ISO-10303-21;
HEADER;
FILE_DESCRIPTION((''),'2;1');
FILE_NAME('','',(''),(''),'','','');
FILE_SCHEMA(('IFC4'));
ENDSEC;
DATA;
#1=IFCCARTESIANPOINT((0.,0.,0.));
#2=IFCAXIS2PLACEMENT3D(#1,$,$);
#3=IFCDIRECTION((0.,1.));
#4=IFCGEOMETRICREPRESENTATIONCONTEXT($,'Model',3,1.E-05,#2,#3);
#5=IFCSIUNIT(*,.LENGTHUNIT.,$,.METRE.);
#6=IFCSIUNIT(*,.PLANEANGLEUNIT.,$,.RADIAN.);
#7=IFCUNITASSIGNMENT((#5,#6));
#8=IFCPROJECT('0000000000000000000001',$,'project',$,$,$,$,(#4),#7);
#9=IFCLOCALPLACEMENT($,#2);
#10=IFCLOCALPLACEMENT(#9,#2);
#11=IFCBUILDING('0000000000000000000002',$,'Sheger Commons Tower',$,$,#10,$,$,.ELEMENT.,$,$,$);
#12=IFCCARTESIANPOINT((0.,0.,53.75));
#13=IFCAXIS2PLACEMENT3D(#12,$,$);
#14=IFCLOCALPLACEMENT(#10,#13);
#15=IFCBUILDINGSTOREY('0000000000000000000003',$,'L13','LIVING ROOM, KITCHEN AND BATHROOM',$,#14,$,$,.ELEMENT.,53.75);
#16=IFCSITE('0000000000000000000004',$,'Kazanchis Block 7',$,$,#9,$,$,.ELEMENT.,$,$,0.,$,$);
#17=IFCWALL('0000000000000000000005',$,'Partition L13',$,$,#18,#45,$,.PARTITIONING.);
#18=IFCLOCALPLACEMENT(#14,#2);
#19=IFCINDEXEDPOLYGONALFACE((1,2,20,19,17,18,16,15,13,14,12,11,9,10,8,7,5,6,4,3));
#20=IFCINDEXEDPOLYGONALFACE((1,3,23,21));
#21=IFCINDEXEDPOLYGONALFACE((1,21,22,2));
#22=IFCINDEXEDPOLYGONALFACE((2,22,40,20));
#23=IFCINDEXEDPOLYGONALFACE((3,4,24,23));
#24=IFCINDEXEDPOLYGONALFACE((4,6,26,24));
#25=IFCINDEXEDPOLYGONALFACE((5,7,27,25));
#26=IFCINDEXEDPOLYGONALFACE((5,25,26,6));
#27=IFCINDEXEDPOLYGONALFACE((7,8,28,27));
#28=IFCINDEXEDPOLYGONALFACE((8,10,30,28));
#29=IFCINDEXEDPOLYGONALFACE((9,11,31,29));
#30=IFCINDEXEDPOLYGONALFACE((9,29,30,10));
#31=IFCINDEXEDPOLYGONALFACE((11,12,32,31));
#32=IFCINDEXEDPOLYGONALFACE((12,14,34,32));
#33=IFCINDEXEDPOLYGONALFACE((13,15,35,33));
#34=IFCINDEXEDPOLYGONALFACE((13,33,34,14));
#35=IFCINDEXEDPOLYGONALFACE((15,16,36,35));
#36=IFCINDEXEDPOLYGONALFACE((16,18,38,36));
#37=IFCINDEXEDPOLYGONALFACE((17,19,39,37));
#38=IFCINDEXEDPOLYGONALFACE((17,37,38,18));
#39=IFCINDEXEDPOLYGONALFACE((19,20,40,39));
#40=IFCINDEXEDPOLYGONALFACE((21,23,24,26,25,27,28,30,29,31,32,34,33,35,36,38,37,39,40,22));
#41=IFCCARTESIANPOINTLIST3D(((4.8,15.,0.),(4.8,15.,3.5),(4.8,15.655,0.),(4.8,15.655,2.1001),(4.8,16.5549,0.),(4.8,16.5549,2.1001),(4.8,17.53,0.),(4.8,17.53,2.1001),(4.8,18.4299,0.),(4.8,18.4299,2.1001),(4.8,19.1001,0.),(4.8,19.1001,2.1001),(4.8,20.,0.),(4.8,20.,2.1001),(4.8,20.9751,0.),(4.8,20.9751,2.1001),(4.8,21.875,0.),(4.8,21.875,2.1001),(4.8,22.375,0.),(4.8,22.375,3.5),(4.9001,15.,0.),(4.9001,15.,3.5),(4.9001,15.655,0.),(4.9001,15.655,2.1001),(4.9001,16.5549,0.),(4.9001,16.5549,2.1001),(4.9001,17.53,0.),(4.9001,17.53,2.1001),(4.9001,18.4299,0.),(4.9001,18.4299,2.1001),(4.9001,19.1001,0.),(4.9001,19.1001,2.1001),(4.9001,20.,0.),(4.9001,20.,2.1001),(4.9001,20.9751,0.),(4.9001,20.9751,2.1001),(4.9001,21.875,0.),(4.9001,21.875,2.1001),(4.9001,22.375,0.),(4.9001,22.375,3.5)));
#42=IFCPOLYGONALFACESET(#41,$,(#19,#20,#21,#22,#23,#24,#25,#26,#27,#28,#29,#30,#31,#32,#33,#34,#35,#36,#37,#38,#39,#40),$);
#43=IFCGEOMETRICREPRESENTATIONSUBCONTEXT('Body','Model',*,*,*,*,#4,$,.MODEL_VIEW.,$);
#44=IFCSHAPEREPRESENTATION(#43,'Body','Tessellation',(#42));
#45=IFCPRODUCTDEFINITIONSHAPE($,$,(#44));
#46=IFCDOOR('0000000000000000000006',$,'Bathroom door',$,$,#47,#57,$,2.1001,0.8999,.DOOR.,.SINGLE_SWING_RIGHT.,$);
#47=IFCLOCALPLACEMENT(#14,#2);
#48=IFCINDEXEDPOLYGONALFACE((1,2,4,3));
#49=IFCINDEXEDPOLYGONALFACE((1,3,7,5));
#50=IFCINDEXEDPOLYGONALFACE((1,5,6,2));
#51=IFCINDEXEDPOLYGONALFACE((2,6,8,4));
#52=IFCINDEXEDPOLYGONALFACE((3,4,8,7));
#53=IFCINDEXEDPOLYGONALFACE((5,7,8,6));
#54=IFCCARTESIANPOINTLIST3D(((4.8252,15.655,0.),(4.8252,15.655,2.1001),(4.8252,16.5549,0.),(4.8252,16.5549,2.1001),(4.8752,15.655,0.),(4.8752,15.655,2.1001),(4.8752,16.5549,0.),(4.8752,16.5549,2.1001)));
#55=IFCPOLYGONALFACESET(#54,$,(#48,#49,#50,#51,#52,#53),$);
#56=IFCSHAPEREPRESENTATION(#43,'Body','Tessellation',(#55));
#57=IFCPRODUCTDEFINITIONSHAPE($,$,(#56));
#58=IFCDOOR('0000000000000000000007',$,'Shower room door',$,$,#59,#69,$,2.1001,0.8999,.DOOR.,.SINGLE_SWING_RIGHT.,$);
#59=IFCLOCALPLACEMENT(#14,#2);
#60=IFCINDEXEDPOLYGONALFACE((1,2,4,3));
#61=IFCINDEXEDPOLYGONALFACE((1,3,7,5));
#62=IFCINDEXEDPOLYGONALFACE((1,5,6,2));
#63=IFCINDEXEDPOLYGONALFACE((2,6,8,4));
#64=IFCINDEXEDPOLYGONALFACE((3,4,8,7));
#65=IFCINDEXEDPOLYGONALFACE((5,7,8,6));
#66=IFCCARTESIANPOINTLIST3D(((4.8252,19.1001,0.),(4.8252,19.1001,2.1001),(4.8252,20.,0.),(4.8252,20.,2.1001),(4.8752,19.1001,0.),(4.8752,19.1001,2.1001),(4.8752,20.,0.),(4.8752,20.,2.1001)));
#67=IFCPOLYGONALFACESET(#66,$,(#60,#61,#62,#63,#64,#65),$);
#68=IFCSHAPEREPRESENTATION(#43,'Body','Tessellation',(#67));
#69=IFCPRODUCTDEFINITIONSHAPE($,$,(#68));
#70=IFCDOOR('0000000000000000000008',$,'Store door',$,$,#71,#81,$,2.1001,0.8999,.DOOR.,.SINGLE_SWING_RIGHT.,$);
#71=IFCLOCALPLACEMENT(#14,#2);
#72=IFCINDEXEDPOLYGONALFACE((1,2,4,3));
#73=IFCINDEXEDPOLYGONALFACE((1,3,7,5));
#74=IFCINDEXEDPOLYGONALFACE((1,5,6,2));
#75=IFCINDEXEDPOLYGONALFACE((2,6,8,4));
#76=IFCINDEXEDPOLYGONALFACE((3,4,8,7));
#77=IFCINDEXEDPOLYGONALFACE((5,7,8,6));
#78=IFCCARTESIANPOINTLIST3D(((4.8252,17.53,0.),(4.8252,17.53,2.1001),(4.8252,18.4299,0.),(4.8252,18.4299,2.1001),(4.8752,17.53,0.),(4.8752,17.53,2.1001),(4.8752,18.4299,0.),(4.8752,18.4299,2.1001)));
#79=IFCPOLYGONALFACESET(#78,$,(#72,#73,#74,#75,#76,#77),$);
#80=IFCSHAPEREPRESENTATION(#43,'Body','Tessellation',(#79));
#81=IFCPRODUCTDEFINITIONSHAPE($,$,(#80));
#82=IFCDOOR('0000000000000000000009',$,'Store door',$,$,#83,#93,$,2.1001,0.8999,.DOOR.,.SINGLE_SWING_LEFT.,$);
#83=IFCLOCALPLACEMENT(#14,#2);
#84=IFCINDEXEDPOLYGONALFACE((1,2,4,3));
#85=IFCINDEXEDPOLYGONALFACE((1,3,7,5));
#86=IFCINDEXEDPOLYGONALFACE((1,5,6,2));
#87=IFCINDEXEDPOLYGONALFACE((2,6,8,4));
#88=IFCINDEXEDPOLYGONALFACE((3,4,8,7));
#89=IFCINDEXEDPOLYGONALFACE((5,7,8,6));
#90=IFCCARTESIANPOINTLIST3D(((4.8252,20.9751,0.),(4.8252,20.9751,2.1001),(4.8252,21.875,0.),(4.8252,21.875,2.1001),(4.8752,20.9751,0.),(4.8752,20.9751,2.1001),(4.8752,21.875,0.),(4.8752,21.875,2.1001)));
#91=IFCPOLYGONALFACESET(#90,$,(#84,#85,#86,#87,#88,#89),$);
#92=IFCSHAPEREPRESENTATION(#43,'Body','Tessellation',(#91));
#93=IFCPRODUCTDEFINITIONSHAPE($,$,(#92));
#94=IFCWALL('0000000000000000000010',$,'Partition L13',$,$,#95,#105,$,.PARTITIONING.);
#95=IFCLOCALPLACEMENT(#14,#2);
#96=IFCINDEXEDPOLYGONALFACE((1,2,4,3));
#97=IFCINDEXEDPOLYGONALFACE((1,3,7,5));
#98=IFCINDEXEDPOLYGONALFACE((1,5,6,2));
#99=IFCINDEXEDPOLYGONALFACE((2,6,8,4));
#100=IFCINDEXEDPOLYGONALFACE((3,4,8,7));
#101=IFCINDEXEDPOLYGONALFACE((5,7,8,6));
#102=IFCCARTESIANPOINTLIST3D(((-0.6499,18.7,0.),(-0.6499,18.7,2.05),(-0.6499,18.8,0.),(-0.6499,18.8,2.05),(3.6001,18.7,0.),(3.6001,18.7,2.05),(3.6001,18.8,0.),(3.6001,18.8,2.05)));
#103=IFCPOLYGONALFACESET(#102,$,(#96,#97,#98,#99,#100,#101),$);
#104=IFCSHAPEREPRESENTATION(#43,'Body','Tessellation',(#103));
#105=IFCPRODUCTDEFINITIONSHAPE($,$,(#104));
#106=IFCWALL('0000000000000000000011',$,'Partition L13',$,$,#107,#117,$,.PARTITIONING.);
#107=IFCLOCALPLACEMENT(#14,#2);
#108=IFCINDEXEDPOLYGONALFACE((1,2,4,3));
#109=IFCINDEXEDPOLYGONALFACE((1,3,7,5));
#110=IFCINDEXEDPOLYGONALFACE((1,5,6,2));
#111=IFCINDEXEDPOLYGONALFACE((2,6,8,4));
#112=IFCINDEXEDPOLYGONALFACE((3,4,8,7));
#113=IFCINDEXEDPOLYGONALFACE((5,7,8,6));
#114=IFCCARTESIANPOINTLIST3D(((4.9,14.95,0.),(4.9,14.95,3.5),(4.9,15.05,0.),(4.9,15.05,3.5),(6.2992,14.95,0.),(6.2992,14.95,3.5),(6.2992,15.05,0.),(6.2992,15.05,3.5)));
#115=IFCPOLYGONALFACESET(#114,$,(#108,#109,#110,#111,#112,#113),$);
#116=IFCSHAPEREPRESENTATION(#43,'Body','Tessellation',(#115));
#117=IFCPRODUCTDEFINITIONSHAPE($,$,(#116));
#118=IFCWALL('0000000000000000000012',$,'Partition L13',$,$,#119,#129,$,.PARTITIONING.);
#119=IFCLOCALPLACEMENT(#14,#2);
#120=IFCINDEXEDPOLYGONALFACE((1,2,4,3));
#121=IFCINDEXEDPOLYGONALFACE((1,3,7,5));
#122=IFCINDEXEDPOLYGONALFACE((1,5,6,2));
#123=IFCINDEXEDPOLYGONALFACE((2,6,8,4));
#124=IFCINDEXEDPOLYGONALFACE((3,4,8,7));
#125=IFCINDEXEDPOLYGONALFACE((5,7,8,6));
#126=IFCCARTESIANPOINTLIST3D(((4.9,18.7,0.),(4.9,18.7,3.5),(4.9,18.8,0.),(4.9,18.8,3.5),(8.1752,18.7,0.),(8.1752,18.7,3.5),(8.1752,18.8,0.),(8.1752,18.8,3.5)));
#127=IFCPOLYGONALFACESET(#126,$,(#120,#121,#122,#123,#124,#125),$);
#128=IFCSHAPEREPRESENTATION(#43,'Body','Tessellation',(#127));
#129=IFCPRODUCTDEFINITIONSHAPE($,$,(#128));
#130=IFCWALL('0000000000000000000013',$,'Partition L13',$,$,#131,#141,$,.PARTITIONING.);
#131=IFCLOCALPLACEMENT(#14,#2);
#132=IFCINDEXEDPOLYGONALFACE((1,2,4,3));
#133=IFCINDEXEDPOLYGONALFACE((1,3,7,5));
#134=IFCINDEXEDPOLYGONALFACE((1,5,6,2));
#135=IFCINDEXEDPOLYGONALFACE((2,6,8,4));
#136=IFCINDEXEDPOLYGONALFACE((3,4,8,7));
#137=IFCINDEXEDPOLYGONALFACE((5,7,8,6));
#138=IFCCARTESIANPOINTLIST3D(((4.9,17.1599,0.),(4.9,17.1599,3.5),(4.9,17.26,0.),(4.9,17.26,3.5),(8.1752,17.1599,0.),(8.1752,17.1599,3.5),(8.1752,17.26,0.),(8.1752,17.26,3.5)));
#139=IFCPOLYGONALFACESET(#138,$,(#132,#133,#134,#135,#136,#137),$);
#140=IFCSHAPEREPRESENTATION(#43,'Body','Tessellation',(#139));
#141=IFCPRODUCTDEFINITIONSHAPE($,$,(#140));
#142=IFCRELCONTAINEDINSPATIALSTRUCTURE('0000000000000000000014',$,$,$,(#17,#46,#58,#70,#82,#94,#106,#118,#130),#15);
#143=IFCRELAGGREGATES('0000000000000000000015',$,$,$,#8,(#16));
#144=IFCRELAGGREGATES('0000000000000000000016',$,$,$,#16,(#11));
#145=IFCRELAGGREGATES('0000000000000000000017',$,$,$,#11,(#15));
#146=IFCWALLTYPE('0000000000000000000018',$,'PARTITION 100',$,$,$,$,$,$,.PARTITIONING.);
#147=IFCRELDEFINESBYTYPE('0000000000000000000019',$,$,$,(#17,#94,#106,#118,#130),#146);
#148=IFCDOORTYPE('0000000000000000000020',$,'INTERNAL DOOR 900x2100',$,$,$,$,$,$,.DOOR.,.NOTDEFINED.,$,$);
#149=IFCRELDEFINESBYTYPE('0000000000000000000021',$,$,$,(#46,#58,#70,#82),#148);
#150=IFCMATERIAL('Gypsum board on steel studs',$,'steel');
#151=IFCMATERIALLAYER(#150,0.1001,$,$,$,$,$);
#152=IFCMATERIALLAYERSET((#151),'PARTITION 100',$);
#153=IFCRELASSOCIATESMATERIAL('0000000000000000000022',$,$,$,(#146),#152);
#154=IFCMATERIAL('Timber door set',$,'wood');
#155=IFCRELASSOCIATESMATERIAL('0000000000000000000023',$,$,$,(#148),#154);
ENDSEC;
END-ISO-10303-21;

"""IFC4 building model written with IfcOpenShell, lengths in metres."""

from ifc_helpers import new_model, si_unit, direction, frame, frame_2d, origin, place, context, subcontext, project, spatial, rectangle, extrude, material, layer, layer_set, type_object, element, fill, save


model = new_model("IFC4")

# Units and contexts
model_context = context("Model", 3, precision=1e-05, world=origin(), true_north=direction((0.0, 1.0)))
body_context = subcontext(model_context, "Body", "Model", "MODEL_VIEW")
ifc_project = project(units=[si_unit("LENGTHUNIT", "METRE"), si_unit("PLANEANGLEUNIT", "RADIAN")], contexts=[model_context])

# Site, building, storey
site_placement = place(None, origin())
site = spatial("IfcSite", under=ifc_project, at=site_placement, Name="Kazanchis Block 7", CompositionType="ELEMENT", RefElevation=0.0)
building_placement = place(site_placement, origin())
building = spatial("IfcBuilding", under=site, at=building_placement, Name="Sheger Commons Tower", CompositionType="ELEMENT")
storey_placement = place(building_placement, frame((0.0, 0.0, 53.75)))
storey = spatial("IfcBuildingStorey", under=building, at=storey_placement, Name="L13", Description="LIVING ROOM, KITCHEN AND BATHROOM", CompositionType="ELEMENT", Elevation=53.75)

# Wall, openings, doors
ifc_material_1 = material(Name="Gypsum board on steel studs", Category="steel")
ifc_layer_1 = layer(ifc_material_1, 0.1001)
ifc_layer_set_1 = layer_set([ifc_layer_1], Name="PARTITION 100")
wall_type_1 = type_object("IfcWallType", Name="PARTITION 100", PredefinedType="PARTITIONING", material=ifc_layer_set_1)
wall_1_placement = place(storey_placement, frame((4.8501, 15.0, 0.0), z_axis=(0.0, 0.0, 1.0), x_axis=(0.0, 1.0, 0.0)))
wall_1 = element("IfcWall", 1, at=wall_1_placement, inside=storey, type_object=wall_type_1, Name="Partition L13", PredefinedType="PARTITIONING", context=body_context, shape_type="SweptSolid", body=[
    extrude(rectangle(XDim=7.375, YDim=0.1001, at=frame_2d((3.6875, 0.0))), origin(), (0.0, 0.0, 1.0), 3.5),
])
opening_1_placement = place(wall_1_placement, frame((0.655, 0.0, 0.0)))
opening_1 = element("IfcOpeningElement", 2, at=opening_1_placement, cuts=wall_1, PredefinedType="OPENING", context=body_context, shape_type="SweptSolid", body=[
    extrude(rectangle(XDim=0.8999, YDim=2.1001, at=frame_2d((0.45, 1.05))), frame((0.0, 0.0601, 0.0), z_axis=(0.0, -1.0, 0.0), x_axis=(1.0, 0.0, 0.0)), (0.0, 0.0, 1.0), 0.1201),
])
opening_2_placement = place(wall_1_placement, frame((4.1001, 0.0, 0.0)))
opening_2 = element("IfcOpeningElement", 3, at=opening_2_placement, cuts=wall_1, PredefinedType="OPENING", context=body_context, shape_type="SweptSolid", body=[
    extrude(rectangle(XDim=0.8999, YDim=2.1001, at=frame_2d((0.45, 1.05))), frame((0.0, 0.0601, 0.0), z_axis=(0.0, -1.0, 0.0), x_axis=(1.0, 0.0, 0.0)), (0.0, 0.0, 1.0), 0.1201),
])
opening_3_placement = place(wall_1_placement, frame((2.53, 0.0, 0.0)))
opening_3 = element("IfcOpeningElement", 4, at=opening_3_placement, cuts=wall_1, PredefinedType="OPENING", context=body_context, shape_type="SweptSolid", body=[
    extrude(rectangle(XDim=0.8999, YDim=2.1001, at=frame_2d((0.45, 1.05))), frame((0.0, 0.0601, 0.0), z_axis=(0.0, -1.0, 0.0), x_axis=(1.0, 0.0, 0.0)), (0.0, 0.0, 1.0), 0.1201),
])
opening_4_placement = place(wall_1_placement, frame((5.9751, 0.0, 0.0)))
opening_4 = element("IfcOpeningElement", 5, at=opening_4_placement, cuts=wall_1, PredefinedType="OPENING", context=body_context, shape_type="SweptSolid", body=[
    extrude(rectangle(XDim=0.8999, YDim=2.1001, at=frame_2d((0.45, 1.05))), frame((0.0, 0.0601, 0.0), z_axis=(0.0, -1.0, 0.0), x_axis=(1.0, 0.0, 0.0)), (0.0, 0.0, 1.0), 0.1201),
])
ifc_material_2 = material(Name="Timber door set", Category="wood")
door_type = type_object("IfcDoorType", Name="INTERNAL DOOR 900x2100", OperationType="NOTDEFINED", PredefinedType="DOOR", material=ifc_material_2)
door_1_placement = place(opening_1_placement, origin())
door_1 = element("IfcDoor", 6, at=door_1_placement, inside=storey, type_object=door_type, Name="Bathroom door", OperationType="SINGLE_SWING_RIGHT", OverallHeight=2.1001, OverallWidth=0.8999, PredefinedType="DOOR", context=body_context, shape_type="SweptSolid", body=[
    extrude(rectangle(XDim=0.8999, YDim=2.1001, at=frame_2d((0.45, 1.05))), frame((0.0, 0.0249, 0.0), z_axis=(0.0, -1.0, 0.0), x_axis=(1.0, 0.0, 0.0)), (0.0, 0.0, 1.0), 0.05),
])
fill(opening_1, door_1)
door_2_placement = place(opening_2_placement, origin())
door_2 = element("IfcDoor", 7, at=door_2_placement, inside=storey, type_object=door_type, Name="Shower room door", OperationType="SINGLE_SWING_RIGHT", OverallHeight=2.1001, OverallWidth=0.8999, PredefinedType="DOOR", context=body_context, shape_type="SweptSolid", body=[
    extrude(rectangle(XDim=0.8999, YDim=2.1001, at=frame_2d((0.45, 1.05))), frame((0.0, 0.0249, 0.0), z_axis=(0.0, -1.0, 0.0), x_axis=(1.0, 0.0, 0.0)), (0.0, 0.0, 1.0), 0.05),
])
fill(opening_2, door_2)
door_3_placement = place(opening_3_placement, origin())
door_3 = element("IfcDoor", 8, at=door_3_placement, inside=storey, type_object=door_type, Name="Store door", OperationType="SINGLE_SWING_RIGHT", OverallHeight=2.1001, OverallWidth=0.8999, PredefinedType="DOOR", context=body_context, shape_type="SweptSolid", body=[
    extrude(rectangle(XDim=0.8999, YDim=2.1001, at=frame_2d((0.45, 1.05))), frame((0.0, 0.0249, 0.0), z_axis=(0.0, -1.0, 0.0), x_axis=(1.0, 0.0, 0.0)), (0.0, 0.0, 1.0), 0.05),
])
fill(opening_3, door_3)
door_4_placement = place(opening_4_placement, origin())
door_4 = element("IfcDoor", 9, at=door_4_placement, inside=storey, type_object=door_type, Name="Store door", OperationType="SINGLE_SWING_LEFT", OverallHeight=2.1001, OverallWidth=0.8999, PredefinedType="DOOR", context=body_context, shape_type="SweptSolid", body=[
    extrude(rectangle(XDim=0.8999, YDim=2.1001, at=frame_2d((0.45, 1.05))), frame((0.0, 0.0249, 0.0), z_axis=(0.0, -1.0, 0.0), x_axis=(1.0, 0.0, 0.0)), (0.0, 0.0, 1.0), 0.05),
])
fill(opening_4, door_4)

# Walls
wall_2_placement = place(storey_placement, frame((-0.6499, 18.75, 0.0), z_axis=(0.0, 0.0, 1.0), x_axis=(1.0, 0.0, 0.0)))
element("IfcWall", 10, at=wall_2_placement, inside=storey, type_object=wall_type_1, Name="Partition L13", PredefinedType="PARTITIONING", context=body_context, shape_type="SweptSolid", body=[
    extrude(rectangle(XDim=4.25, YDim=0.1001, at=frame_2d((2.125, 0.0))), origin(), (0.0, 0.0, 1.0), 2.05),
])
wall_3_placement = place(storey_placement, frame((4.8999, 15.0, 0.0), z_axis=(0.0, 0.0, 1.0), x_axis=(1.0, 0.0, 0.0)))
element("IfcWall", 11, at=wall_3_placement, inside=storey, type_object=wall_type_1, Name="Partition L13", PredefinedType="PARTITIONING", context=body_context, shape_type="SweptSolid", body=[
    extrude(rectangle(XDim=1.3992, YDim=0.1001, at=frame_2d((0.6997, 0.0))), origin(), (0.0, 0.0, 1.0), 3.5),
])
for number, where, z_axis, x_axis, name in (
    (12, (4.8999, 18.75, 0.0), (0.0, 0.0, 1.0), (1.0, 0.0, 0.0), "Partition L13"),
    (13, (4.8999, 17.21, 0.0), (0.0, 0.0, 1.0), (1.0, 0.0, 0.0), "Partition L13"),
):
    element("IfcWall", number, at=place(storey_placement, frame(where, z_axis=z_axis, x_axis=x_axis)), inside=storey, type_object=wall_type_1, Name=name, PredefinedType="PARTITIONING", context=body_context, shape_type="SweptSolid", body=[
        extrude(rectangle(XDim=3.2751, YDim=0.1001, at=frame_2d((1.6377, 0.0))), origin(), (0.0, 0.0, 1.0), 3.5),
    ])

save(model, "model.ifc")
